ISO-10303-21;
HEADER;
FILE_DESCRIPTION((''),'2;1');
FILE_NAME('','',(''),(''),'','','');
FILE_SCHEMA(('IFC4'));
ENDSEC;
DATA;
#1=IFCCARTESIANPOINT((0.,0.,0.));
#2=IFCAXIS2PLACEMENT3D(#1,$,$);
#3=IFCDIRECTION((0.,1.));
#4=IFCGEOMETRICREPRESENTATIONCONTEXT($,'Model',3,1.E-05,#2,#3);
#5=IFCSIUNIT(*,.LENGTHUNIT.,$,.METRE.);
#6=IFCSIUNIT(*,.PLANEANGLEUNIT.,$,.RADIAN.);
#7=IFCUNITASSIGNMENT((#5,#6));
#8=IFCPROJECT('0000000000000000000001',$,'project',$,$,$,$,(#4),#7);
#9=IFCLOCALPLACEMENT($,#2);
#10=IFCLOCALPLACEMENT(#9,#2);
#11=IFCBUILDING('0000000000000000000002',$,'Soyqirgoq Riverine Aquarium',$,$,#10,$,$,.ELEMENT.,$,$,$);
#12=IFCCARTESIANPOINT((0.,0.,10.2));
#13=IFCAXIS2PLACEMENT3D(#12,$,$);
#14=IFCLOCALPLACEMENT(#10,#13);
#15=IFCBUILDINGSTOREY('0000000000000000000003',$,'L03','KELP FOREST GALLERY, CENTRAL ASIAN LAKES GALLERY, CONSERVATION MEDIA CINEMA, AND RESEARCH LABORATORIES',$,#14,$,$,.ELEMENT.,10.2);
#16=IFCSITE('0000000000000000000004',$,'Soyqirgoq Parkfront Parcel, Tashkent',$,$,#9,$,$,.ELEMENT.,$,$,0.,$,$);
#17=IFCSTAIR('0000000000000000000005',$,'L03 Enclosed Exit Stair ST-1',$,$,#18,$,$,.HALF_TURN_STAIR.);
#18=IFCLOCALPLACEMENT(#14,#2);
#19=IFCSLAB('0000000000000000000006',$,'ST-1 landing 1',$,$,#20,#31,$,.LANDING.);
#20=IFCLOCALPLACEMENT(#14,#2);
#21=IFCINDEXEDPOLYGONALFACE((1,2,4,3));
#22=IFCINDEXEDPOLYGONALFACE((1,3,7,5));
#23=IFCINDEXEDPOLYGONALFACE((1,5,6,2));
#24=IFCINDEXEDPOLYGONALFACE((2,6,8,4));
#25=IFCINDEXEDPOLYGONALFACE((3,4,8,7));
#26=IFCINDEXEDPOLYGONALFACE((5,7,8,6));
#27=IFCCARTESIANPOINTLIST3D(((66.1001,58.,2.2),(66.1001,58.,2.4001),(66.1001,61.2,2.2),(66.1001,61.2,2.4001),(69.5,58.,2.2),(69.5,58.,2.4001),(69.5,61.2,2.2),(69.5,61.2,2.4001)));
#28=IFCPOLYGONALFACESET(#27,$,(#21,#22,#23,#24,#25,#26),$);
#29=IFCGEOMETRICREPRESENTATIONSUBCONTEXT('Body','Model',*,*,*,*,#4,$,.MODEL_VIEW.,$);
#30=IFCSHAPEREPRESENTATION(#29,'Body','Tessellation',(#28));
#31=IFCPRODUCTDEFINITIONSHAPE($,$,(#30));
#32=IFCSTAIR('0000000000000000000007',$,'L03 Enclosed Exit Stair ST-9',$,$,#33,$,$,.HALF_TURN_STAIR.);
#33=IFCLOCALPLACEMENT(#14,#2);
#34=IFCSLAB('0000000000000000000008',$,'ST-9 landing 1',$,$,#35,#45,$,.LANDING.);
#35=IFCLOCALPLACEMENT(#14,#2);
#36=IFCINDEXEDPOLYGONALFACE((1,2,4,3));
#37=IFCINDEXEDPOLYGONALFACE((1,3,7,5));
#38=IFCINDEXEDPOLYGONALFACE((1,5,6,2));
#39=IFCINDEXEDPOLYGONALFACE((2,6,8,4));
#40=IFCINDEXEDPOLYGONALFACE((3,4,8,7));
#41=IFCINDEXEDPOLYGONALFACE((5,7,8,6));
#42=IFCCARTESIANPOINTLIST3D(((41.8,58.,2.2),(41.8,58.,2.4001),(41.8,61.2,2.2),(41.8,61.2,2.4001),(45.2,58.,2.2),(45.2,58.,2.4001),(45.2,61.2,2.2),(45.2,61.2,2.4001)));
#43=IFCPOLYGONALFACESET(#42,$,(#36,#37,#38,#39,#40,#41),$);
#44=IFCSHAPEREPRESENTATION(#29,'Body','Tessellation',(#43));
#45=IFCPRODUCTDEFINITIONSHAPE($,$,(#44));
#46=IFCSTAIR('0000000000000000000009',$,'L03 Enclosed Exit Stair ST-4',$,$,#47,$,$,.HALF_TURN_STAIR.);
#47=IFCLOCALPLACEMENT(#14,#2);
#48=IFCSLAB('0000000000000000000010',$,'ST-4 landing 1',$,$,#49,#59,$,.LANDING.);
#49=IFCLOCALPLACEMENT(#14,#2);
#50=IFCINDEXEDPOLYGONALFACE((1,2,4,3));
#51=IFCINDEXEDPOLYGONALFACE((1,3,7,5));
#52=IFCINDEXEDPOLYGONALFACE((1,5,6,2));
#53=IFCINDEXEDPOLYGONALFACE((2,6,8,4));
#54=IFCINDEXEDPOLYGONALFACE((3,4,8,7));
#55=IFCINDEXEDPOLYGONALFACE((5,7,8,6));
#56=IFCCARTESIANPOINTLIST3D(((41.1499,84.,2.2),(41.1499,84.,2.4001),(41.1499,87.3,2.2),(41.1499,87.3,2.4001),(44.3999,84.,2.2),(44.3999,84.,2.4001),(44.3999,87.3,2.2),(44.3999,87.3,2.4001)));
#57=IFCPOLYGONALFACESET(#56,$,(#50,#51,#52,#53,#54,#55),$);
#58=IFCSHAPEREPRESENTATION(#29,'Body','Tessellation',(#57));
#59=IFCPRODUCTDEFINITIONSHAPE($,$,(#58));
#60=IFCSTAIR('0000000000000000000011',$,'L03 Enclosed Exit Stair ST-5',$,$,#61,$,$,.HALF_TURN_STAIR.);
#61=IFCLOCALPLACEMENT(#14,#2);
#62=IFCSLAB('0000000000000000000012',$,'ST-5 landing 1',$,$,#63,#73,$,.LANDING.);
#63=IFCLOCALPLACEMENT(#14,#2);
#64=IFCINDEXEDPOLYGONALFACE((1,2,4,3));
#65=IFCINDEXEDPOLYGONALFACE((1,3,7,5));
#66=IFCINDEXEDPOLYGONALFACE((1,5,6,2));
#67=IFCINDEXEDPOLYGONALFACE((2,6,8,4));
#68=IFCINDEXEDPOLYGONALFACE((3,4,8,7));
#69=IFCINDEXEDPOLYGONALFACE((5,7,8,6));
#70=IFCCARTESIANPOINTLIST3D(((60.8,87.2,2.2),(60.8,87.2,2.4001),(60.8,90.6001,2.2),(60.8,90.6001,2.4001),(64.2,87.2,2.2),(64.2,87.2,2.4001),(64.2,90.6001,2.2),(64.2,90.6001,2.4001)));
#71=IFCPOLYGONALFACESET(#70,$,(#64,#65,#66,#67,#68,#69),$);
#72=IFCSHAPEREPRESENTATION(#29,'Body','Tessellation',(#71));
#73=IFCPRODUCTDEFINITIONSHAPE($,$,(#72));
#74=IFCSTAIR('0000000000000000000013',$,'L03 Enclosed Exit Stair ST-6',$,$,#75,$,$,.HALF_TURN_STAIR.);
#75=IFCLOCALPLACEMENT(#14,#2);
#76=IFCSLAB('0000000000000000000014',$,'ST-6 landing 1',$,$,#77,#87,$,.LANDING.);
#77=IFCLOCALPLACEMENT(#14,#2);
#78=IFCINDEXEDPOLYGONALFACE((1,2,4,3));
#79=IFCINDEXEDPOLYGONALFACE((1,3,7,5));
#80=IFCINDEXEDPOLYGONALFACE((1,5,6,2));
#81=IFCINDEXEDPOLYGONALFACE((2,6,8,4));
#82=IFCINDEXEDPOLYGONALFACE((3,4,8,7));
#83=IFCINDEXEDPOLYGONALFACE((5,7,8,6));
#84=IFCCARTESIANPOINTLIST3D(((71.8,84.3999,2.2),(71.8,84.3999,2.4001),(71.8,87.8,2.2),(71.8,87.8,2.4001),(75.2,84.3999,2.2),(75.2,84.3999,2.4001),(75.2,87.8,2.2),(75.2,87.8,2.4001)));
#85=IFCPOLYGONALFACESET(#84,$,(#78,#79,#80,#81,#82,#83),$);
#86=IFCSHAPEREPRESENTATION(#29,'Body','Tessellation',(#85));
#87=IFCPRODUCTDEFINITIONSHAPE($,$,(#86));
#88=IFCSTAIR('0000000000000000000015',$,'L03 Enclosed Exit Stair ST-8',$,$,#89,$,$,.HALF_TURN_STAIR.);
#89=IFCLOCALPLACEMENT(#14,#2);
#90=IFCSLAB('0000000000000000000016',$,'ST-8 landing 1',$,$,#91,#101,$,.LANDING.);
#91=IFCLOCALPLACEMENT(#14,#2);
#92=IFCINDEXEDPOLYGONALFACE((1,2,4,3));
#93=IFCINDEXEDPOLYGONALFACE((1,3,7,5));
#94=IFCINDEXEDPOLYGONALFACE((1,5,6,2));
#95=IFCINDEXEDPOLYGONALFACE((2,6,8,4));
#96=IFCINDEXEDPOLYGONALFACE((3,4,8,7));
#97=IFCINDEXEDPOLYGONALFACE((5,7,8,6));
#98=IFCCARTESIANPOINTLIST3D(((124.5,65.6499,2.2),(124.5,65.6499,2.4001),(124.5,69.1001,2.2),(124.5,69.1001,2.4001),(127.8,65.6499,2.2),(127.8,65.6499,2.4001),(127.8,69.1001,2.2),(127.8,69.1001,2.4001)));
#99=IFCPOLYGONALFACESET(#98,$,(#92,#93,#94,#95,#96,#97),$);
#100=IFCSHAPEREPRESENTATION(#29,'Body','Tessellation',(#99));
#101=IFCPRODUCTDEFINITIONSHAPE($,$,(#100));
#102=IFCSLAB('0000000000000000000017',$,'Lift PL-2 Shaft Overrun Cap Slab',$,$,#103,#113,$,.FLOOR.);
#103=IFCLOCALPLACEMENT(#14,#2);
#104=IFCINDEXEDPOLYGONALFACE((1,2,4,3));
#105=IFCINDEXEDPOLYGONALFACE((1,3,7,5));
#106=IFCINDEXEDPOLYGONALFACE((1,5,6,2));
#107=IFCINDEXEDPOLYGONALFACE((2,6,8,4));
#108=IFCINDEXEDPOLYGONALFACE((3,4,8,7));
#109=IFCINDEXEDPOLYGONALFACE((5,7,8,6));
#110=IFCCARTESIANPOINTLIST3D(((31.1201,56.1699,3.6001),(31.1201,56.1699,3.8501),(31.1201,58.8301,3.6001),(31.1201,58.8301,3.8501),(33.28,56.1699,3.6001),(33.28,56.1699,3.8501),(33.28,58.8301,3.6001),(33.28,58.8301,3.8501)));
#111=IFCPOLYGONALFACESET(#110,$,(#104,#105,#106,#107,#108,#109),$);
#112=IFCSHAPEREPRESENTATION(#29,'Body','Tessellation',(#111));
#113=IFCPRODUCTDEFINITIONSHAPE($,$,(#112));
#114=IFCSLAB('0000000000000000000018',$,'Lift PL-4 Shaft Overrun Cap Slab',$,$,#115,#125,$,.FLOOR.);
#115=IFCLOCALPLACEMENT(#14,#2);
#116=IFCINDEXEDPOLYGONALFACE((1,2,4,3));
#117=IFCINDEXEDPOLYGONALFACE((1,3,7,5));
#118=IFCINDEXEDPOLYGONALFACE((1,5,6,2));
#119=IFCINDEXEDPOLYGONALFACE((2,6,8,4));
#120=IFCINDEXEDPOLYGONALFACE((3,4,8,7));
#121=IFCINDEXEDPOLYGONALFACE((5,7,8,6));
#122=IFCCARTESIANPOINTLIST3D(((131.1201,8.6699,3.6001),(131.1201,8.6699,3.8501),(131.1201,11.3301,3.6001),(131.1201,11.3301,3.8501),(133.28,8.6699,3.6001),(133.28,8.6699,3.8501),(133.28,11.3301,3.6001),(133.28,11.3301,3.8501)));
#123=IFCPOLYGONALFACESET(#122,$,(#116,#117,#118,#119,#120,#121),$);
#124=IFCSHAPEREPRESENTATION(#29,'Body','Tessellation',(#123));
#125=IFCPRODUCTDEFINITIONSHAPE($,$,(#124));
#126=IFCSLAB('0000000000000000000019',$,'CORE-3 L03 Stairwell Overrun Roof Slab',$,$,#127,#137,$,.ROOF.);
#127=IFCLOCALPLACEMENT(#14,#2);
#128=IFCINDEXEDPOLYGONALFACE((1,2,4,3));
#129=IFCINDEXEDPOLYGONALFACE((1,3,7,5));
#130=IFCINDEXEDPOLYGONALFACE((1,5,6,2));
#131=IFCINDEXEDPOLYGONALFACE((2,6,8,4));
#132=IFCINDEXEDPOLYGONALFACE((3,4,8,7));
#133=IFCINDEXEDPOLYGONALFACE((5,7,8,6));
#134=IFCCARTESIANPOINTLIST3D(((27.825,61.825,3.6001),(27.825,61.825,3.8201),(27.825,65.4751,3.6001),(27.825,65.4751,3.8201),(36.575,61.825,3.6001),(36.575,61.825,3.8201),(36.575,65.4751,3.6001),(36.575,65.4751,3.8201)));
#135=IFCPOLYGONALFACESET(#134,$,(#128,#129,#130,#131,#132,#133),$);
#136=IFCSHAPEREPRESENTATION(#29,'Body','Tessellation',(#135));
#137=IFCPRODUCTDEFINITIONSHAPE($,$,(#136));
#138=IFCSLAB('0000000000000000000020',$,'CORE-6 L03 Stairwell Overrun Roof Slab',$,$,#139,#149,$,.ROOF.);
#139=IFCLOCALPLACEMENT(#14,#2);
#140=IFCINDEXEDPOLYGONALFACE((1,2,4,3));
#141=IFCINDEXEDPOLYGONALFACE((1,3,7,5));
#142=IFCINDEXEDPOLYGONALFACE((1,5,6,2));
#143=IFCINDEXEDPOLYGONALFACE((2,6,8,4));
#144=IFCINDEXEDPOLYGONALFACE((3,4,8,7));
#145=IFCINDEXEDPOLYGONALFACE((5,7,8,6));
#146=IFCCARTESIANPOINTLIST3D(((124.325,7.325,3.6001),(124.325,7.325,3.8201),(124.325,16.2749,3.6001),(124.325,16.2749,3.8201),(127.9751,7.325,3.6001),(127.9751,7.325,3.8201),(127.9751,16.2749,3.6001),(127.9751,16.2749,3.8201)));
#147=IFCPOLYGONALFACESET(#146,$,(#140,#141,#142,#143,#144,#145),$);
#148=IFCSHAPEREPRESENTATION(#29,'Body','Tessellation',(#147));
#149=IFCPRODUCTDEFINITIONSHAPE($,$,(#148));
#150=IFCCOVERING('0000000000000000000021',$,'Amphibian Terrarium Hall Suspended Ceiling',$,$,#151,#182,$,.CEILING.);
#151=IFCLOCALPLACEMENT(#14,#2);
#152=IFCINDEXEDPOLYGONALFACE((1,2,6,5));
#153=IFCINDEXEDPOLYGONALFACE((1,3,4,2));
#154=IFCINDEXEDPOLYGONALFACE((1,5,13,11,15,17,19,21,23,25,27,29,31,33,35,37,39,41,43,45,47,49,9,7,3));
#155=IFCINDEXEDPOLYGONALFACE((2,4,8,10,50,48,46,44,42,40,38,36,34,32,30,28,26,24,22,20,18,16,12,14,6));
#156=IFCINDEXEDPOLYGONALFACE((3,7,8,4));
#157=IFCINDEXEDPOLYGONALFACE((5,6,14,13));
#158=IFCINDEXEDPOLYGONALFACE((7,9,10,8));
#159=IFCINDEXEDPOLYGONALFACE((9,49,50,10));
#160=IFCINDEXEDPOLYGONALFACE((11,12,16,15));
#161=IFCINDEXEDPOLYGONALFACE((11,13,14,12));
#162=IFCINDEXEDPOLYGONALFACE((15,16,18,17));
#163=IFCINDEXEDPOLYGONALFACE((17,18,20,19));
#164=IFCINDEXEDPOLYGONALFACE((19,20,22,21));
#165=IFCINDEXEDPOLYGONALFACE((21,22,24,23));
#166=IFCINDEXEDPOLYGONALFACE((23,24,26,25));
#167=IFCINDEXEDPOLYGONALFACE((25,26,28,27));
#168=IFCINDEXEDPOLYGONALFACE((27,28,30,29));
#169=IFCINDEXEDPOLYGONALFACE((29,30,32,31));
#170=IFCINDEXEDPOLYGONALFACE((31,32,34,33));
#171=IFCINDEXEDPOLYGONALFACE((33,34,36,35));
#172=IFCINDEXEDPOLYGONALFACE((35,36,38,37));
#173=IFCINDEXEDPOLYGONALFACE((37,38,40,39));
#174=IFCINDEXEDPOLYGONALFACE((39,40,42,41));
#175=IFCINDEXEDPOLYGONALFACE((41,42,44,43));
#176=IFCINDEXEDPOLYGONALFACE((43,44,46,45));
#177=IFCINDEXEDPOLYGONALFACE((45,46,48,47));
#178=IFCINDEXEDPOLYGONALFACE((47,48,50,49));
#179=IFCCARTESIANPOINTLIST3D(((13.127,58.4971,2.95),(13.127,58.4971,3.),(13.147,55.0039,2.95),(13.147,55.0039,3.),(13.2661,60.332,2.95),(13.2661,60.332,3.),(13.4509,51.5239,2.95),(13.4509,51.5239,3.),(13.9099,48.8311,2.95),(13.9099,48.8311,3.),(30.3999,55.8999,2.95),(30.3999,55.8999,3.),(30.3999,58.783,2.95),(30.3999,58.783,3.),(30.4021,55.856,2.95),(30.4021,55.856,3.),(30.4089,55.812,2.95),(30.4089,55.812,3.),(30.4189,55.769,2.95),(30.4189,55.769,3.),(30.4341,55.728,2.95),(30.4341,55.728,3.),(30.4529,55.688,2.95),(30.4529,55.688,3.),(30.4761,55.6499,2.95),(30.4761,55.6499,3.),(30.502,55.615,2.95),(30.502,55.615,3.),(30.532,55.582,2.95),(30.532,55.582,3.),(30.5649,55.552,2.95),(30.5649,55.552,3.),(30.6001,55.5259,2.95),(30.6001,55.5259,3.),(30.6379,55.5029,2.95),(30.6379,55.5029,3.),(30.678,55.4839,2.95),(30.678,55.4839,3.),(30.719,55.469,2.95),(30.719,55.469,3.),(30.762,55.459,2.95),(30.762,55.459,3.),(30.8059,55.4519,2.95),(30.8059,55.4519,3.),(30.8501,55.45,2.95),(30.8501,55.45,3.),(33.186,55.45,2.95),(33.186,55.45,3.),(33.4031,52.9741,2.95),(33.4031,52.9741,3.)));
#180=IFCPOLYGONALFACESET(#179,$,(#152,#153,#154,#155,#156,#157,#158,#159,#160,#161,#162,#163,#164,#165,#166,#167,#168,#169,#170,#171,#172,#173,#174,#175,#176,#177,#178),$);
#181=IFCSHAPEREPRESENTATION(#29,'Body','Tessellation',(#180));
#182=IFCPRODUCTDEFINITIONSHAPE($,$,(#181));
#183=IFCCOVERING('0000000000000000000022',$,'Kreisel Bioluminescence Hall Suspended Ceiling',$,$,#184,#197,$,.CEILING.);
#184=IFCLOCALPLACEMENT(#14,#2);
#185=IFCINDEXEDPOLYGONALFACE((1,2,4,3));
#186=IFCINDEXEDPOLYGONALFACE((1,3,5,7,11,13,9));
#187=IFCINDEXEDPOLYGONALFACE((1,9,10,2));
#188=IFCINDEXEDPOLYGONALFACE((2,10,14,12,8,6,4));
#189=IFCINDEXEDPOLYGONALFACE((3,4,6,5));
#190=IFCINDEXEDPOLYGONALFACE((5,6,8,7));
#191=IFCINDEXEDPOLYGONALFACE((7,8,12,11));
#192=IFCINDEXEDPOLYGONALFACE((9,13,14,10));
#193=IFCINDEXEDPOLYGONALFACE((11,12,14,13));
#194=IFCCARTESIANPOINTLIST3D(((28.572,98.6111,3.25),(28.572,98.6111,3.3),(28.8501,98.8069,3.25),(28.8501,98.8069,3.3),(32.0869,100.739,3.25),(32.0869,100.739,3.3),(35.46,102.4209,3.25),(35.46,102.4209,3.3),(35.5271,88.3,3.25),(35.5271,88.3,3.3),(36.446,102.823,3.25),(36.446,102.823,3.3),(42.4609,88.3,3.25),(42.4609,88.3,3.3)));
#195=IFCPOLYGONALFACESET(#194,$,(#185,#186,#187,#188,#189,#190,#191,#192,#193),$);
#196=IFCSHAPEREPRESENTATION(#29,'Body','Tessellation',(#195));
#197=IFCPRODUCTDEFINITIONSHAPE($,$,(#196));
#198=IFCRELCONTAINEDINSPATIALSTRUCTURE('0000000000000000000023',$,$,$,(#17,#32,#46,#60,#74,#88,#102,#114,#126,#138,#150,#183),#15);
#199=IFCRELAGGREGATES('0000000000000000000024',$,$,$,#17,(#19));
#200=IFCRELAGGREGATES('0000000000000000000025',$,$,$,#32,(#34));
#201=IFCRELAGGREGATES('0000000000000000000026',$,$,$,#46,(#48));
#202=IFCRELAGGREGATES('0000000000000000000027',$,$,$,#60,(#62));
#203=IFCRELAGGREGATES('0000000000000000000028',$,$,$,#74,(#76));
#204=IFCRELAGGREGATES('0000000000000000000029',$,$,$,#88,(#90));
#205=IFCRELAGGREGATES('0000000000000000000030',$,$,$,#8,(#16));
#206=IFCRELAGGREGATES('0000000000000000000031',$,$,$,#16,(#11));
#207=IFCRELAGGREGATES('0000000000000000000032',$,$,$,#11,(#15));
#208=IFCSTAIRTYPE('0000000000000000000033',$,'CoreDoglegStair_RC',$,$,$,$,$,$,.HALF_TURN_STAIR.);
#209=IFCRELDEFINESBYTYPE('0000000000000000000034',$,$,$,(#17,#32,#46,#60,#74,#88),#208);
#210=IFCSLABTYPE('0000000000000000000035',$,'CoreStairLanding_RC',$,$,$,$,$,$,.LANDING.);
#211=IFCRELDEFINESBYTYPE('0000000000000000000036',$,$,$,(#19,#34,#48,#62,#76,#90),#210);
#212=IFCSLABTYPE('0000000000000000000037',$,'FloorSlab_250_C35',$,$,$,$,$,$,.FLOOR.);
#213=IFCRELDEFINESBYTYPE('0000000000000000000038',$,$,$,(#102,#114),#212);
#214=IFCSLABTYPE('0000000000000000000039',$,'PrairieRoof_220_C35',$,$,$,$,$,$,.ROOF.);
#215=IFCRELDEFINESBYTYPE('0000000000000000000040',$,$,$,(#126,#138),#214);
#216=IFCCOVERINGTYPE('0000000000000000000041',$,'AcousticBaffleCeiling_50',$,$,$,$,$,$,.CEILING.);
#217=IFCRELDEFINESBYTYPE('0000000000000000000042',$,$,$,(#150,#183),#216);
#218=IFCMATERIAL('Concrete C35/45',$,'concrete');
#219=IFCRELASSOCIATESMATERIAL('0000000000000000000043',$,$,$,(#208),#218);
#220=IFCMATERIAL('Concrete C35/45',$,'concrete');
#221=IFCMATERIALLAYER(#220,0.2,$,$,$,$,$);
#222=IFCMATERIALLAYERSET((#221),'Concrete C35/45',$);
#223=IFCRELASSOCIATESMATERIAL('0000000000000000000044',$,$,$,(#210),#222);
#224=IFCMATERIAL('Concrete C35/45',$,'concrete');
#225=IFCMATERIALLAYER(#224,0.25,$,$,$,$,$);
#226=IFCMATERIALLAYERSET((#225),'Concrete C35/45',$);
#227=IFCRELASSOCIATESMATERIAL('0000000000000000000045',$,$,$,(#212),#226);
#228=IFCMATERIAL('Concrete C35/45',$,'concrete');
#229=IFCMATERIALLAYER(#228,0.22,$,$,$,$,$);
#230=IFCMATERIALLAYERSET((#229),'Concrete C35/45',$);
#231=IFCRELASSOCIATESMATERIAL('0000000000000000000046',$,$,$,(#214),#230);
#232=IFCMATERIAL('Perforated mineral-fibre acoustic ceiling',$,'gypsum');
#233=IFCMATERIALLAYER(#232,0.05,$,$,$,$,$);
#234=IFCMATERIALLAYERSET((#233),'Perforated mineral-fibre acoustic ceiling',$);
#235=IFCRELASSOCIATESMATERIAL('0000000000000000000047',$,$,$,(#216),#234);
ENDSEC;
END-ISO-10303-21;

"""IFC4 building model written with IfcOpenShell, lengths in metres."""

from ifc_helpers import new_model, si_unit, direction, frame, origin, place, context, subcontext, project, spatial, polyline, outline, extrude, material, layer, layer_set, type_object, element, aggregate, save


model = new_model("IFC4")

# Units and contexts
model_context = context("Model", 3, precision=1e-05, world=origin(), true_north=direction((0.0, 1.0)))
body_context = subcontext(model_context, "Body", "Model", "MODEL_VIEW")
ifc_project = project(units=[si_unit("LENGTHUNIT", "METRE"), si_unit("PLANEANGLEUNIT", "RADIAN")], contexts=[model_context])

# Site, building, storey
site_placement = place(None, origin())
site = spatial("IfcSite", under=ifc_project, at=site_placement, Name="Soyqirgoq Parkfront Parcel, Tashkent", CompositionType="ELEMENT", RefElevation=0.0)
building_placement = place(site_placement, origin())
building = spatial("IfcBuilding", under=site, at=building_placement, Name="Soyqirgoq Riverine Aquarium", CompositionType="ELEMENT")
storey_placement = place(building_placement, frame((0.0, 0.0, 10.2)))
storey = spatial("IfcBuildingStorey", under=building, at=storey_placement, Name="L03", Description="KELP FOREST GALLERY, CENTRAL ASIAN LAKES GALLERY, CONSERVATION MEDIA CINEMA, AND RESEARCH LABORATORIES", CompositionType="ELEMENT", Elevation=10.2)

# Stairs, slabs
ifc_material_1 = material(Name="Concrete C35/45", Category="concrete")
stair_type = type_object("IfcStairType", Name="CoreDoglegStair_RC", PredefinedType="HALF_TURN_STAIR", material=ifc_material_1)
stair_1_placement = place(storey_placement, origin())
stair_1 = element("IfcStair", 1, at=stair_1_placement, inside=storey, type_object=stair_type, Name="L03 Enclosed Exit Stair ST-1", PredefinedType="HALF_TURN_STAIR")
ifc_material_2 = material(Name="Concrete C35/45", Category="concrete")
ifc_layer_1 = layer(ifc_material_2, 0.2)
ifc_layer_set_1 = layer_set([ifc_layer_1], Name="Concrete C35/45")
slab_type_1 = type_object("IfcSlabType", Name="CoreStairLanding_RC", PredefinedType="LANDING", material=ifc_layer_set_1)
slab_1_placement = place(storey_placement, frame((0.0, 0.0, 2.2)))
slab_1 = element("IfcSlab", 2, at=slab_1_placement, type_object=slab_type_1, Name="ST-1 landing 1", PredefinedType="LANDING", context=body_context, shape_type="SweptSolid", body=[
    extrude(outline(polyline([(69.5, 58.0), (69.5, 61.2), (66.1001, 61.2), (66.1001, 58.0), (69.5, 58.0)])), origin(), (0.0, 0.0, 1.0), 0.2002),
])
aggregate(stair_1, [slab_1])
stair_2_placement = place(storey_placement, origin())
stair_2 = element("IfcStair", 3, at=stair_2_placement, inside=storey, type_object=stair_type, Name="L03 Enclosed Exit Stair ST-9", PredefinedType="HALF_TURN_STAIR")
slab_2_placement = place(storey_placement, frame((0.0, 0.0, 2.2)))
slab_2 = element("IfcSlab", 4, at=slab_2_placement, type_object=slab_type_1, Name="ST-9 landing 1", PredefinedType="LANDING", context=body_context, shape_type="SweptSolid", body=[
    extrude(outline(polyline([(45.2, 58.0), (45.2, 61.2), (41.8, 61.2), (41.8, 58.0), (45.2, 58.0)])), origin(), (0.0, 0.0, 1.0), 0.2002),
])
aggregate(stair_2, [slab_2])
stair_3_placement = place(storey_placement, origin())
stair_3 = element("IfcStair", 5, at=stair_3_placement, inside=storey, type_object=stair_type, Name="L03 Enclosed Exit Stair ST-4", PredefinedType="HALF_TURN_STAIR")
slab_3_placement = place(storey_placement, frame((0.0, 0.0, 2.2)))
slab_3 = element("IfcSlab", 6, at=slab_3_placement, type_object=slab_type_1, Name="ST-4 landing 1", PredefinedType="LANDING", context=body_context, shape_type="SweptSolid", body=[
    extrude(outline(polyline([(41.1499, 84.0), (44.3999, 84.0), (44.3999, 87.3), (41.1499, 87.3), (41.1499, 84.0)])), origin(), (0.0, 0.0, 1.0), 0.2002),
])
aggregate(stair_3, [slab_3])
stair_4_placement = place(storey_placement, origin())
stair_4 = element("IfcStair", 7, at=stair_4_placement, inside=storey, type_object=stair_type, Name="L03 Enclosed Exit Stair ST-5", PredefinedType="HALF_TURN_STAIR")
slab_4_placement = place(storey_placement, frame((0.0, 0.0, 2.2)))
slab_4 = element("IfcSlab", 8, at=slab_4_placement, type_object=slab_type_1, Name="ST-5 landing 1", PredefinedType="LANDING", context=body_context, shape_type="SweptSolid", body=[
    extrude(outline(polyline([(64.2, 87.2), (64.2, 90.6001), (60.8, 90.6001), (60.8, 87.2), (64.2, 87.2)])), origin(), (0.0, 0.0, 1.0), 0.2002),
])
aggregate(stair_4, [slab_4])
stair_5_placement = place(storey_placement, origin())
stair_5 = element("IfcStair", 9, at=stair_5_placement, inside=storey, type_object=stair_type, Name="L03 Enclosed Exit Stair ST-6", PredefinedType="HALF_TURN_STAIR")
slab_5_placement = place(storey_placement, frame((0.0, 0.0, 2.2)))
slab_5 = element("IfcSlab", 10, at=slab_5_placement, type_object=slab_type_1, Name="ST-6 landing 1", PredefinedType="LANDING", context=body_context, shape_type="SweptSolid", body=[
    extrude(outline(polyline([(75.2, 84.3999), (75.2, 87.8), (71.8, 87.8), (71.8, 84.3999), (75.2, 84.3999)])), origin(), (0.0, 0.0, 1.0), 0.2002),
])
aggregate(stair_5, [slab_5])
stair_6_placement = place(storey_placement, origin())
stair_6 = element("IfcStair", 11, at=stair_6_placement, inside=storey, type_object=stair_type, Name="L03 Enclosed Exit Stair ST-8", PredefinedType="HALF_TURN_STAIR")
slab_6_placement = place(storey_placement, frame((0.0, 0.0, 2.2)))
slab_6 = element("IfcSlab", 12, at=slab_6_placement, type_object=slab_type_1, Name="ST-8 landing 1", PredefinedType="LANDING", context=body_context, shape_type="SweptSolid", body=[
    extrude(outline(polyline([(127.8, 65.6499), (127.8, 69.1001), (124.5, 69.1001), (124.5, 65.6499), (127.8, 65.6499)])), origin(), (0.0, 0.0, 1.0), 0.2002),
])
aggregate(stair_6, [slab_6])

# Slabs
ifc_material_3 = material(Name="Concrete C35/45", Category="concrete")
ifc_layer_2 = layer(ifc_material_3, 0.25)
ifc_layer_set_2 = layer_set([ifc_layer_2], Name="Concrete C35/45")
slab_type_2 = type_object("IfcSlabType", Name="FloorSlab_250_C35", PredefinedType="FLOOR", material=ifc_layer_set_2)
slab_7_placement = place(storey_placement, frame((0.0, 0.0, 3.6001)))
element("IfcSlab", 13, at=slab_7_placement, inside=storey, type_object=slab_type_2, Name="Lift PL-2 Shaft Overrun Cap Slab", PredefinedType="FLOOR", context=body_context, shape_type="SweptSolid", body=[
    extrude(outline(polyline([(31.1201, 56.1699), (33.28, 56.1699), (33.28, 58.8301), (31.1201, 58.8301), (31.1201, 56.1699)])), origin(), (0.0, 0.0, 1.0), 0.25),
])
slab_8_placement = place(storey_placement, frame((0.0, 0.0, 3.6001)))
element("IfcSlab", 14, at=slab_8_placement, inside=storey, type_object=slab_type_2, Name="Lift PL-4 Shaft Overrun Cap Slab", PredefinedType="FLOOR", context=body_context, shape_type="SweptSolid", body=[
    extrude(outline(polyline([(131.1201, 8.6699), (133.28, 8.6699), (133.28, 11.3301), (131.1201, 11.3301), (131.1201, 8.6699)])), origin(), (0.0, 0.0, 1.0), 0.25),
])
ifc_material_4 = material(Name="Concrete C35/45", Category="concrete")
ifc_layer_3 = layer(ifc_material_4, 0.22)
ifc_layer_set_3 = layer_set([ifc_layer_3], Name="Concrete C35/45")
slab_type_3 = type_object("IfcSlabType", Name="PrairieRoof_220_C35", PredefinedType="ROOF", material=ifc_layer_set_3)
slab_9_placement = place(storey_placement, frame((0.0, 0.0, 3.6001)))
element("IfcSlab", 15, at=slab_9_placement, inside=storey, type_object=slab_type_3, Name="CORE-3 L03 Stairwell Overrun Roof Slab", PredefinedType="ROOF", context=body_context, shape_type="SweptSolid", body=[
    extrude(outline(polyline([(27.825, 61.825), (36.575, 61.825), (36.575, 65.4751), (27.825, 65.4751), (27.825, 61.825)])), origin(), (0.0, 0.0, 1.0), 0.22),
])
slab_10_placement = place(storey_placement, frame((0.0, 0.0, 3.6001)))
element("IfcSlab", 16, at=slab_10_placement, inside=storey, type_object=slab_type_3, Name="CORE-6 L03 Stairwell Overrun Roof Slab", PredefinedType="ROOF", context=body_context, shape_type="SweptSolid", body=[
    extrude(outline(polyline([(127.9751, 7.325), (127.9751, 16.2749), (124.325, 16.2749), (124.325, 7.325), (127.9751, 7.325)])), origin(), (0.0, 0.0, 1.0), 0.22),
])

# Coverings
ifc_material_5 = material(Name="Perforated mineral-fibre acoustic ceiling", Category="gypsum")
ifc_layer_4 = layer(ifc_material_5, 0.05)
ifc_layer_set_4 = layer_set([ifc_layer_4], Name="Perforated mineral-fibre acoustic ceiling")
covering_type_1 = type_object("IfcCoveringType", Name="AcousticBaffleCeiling_50", PredefinedType="CEILING", material=ifc_layer_set_4)
covering_1_placement = place(storey_placement, frame((0.0, 0.0, 2.95)))
element("IfcCovering", 17, at=covering_1_placement, inside=storey, type_object=covering_type_1, Name="Amphibian Terrarium Hall Suspended Ceiling", PredefinedType="CEILING", context=body_context, shape_type="SweptSolid", body=[
    extrude(outline(polyline([(13.4509, 51.5239), (13.147, 55.0039), (13.127, 58.4971), (13.2661, 60.332), (30.3999, 58.783), (30.3999, 55.8999), (30.4021, 55.856), (30.4089, 55.812), (30.4189, 55.769), (30.4341, 55.728), (30.4529, 55.688), (30.4761, 55.6499), (30.502, 55.615), (30.532, 55.582), (30.5649, 55.552), (30.6001, 55.5259), (30.6379, 55.5029), (30.678, 55.4839), (30.719, 55.469), (30.762, 55.459), (30.8059, 55.4519), (30.8501, 55.45), (33.186, 55.45), (33.4031, 52.9741), (13.9099, 48.8311), (13.4509, 51.5239)])), origin(), (0.0, 0.0, 1.0), 0.05),
])
covering_2_placement = place(storey_placement, frame((0.0, 0.0, 3.25)))
element("IfcCovering", 18, at=covering_2_placement, inside=storey, type_object=covering_type_1, Name="Kreisel Bioluminescence Hall Suspended Ceiling", PredefinedType="CEILING", context=body_context, shape_type="SweptSolid", body=[
    extrude(outline(polyline([(28.8501, 98.8069), (32.0869, 100.739), (35.46, 102.4209), (36.446, 102.823), (42.4609, 88.3), (35.5271, 88.3), (28.572, 98.6111), (28.8501, 98.8069)])), origin(), (0.0, 0.0, 1.0), 0.05),
])

save(model, "model.ifc")
